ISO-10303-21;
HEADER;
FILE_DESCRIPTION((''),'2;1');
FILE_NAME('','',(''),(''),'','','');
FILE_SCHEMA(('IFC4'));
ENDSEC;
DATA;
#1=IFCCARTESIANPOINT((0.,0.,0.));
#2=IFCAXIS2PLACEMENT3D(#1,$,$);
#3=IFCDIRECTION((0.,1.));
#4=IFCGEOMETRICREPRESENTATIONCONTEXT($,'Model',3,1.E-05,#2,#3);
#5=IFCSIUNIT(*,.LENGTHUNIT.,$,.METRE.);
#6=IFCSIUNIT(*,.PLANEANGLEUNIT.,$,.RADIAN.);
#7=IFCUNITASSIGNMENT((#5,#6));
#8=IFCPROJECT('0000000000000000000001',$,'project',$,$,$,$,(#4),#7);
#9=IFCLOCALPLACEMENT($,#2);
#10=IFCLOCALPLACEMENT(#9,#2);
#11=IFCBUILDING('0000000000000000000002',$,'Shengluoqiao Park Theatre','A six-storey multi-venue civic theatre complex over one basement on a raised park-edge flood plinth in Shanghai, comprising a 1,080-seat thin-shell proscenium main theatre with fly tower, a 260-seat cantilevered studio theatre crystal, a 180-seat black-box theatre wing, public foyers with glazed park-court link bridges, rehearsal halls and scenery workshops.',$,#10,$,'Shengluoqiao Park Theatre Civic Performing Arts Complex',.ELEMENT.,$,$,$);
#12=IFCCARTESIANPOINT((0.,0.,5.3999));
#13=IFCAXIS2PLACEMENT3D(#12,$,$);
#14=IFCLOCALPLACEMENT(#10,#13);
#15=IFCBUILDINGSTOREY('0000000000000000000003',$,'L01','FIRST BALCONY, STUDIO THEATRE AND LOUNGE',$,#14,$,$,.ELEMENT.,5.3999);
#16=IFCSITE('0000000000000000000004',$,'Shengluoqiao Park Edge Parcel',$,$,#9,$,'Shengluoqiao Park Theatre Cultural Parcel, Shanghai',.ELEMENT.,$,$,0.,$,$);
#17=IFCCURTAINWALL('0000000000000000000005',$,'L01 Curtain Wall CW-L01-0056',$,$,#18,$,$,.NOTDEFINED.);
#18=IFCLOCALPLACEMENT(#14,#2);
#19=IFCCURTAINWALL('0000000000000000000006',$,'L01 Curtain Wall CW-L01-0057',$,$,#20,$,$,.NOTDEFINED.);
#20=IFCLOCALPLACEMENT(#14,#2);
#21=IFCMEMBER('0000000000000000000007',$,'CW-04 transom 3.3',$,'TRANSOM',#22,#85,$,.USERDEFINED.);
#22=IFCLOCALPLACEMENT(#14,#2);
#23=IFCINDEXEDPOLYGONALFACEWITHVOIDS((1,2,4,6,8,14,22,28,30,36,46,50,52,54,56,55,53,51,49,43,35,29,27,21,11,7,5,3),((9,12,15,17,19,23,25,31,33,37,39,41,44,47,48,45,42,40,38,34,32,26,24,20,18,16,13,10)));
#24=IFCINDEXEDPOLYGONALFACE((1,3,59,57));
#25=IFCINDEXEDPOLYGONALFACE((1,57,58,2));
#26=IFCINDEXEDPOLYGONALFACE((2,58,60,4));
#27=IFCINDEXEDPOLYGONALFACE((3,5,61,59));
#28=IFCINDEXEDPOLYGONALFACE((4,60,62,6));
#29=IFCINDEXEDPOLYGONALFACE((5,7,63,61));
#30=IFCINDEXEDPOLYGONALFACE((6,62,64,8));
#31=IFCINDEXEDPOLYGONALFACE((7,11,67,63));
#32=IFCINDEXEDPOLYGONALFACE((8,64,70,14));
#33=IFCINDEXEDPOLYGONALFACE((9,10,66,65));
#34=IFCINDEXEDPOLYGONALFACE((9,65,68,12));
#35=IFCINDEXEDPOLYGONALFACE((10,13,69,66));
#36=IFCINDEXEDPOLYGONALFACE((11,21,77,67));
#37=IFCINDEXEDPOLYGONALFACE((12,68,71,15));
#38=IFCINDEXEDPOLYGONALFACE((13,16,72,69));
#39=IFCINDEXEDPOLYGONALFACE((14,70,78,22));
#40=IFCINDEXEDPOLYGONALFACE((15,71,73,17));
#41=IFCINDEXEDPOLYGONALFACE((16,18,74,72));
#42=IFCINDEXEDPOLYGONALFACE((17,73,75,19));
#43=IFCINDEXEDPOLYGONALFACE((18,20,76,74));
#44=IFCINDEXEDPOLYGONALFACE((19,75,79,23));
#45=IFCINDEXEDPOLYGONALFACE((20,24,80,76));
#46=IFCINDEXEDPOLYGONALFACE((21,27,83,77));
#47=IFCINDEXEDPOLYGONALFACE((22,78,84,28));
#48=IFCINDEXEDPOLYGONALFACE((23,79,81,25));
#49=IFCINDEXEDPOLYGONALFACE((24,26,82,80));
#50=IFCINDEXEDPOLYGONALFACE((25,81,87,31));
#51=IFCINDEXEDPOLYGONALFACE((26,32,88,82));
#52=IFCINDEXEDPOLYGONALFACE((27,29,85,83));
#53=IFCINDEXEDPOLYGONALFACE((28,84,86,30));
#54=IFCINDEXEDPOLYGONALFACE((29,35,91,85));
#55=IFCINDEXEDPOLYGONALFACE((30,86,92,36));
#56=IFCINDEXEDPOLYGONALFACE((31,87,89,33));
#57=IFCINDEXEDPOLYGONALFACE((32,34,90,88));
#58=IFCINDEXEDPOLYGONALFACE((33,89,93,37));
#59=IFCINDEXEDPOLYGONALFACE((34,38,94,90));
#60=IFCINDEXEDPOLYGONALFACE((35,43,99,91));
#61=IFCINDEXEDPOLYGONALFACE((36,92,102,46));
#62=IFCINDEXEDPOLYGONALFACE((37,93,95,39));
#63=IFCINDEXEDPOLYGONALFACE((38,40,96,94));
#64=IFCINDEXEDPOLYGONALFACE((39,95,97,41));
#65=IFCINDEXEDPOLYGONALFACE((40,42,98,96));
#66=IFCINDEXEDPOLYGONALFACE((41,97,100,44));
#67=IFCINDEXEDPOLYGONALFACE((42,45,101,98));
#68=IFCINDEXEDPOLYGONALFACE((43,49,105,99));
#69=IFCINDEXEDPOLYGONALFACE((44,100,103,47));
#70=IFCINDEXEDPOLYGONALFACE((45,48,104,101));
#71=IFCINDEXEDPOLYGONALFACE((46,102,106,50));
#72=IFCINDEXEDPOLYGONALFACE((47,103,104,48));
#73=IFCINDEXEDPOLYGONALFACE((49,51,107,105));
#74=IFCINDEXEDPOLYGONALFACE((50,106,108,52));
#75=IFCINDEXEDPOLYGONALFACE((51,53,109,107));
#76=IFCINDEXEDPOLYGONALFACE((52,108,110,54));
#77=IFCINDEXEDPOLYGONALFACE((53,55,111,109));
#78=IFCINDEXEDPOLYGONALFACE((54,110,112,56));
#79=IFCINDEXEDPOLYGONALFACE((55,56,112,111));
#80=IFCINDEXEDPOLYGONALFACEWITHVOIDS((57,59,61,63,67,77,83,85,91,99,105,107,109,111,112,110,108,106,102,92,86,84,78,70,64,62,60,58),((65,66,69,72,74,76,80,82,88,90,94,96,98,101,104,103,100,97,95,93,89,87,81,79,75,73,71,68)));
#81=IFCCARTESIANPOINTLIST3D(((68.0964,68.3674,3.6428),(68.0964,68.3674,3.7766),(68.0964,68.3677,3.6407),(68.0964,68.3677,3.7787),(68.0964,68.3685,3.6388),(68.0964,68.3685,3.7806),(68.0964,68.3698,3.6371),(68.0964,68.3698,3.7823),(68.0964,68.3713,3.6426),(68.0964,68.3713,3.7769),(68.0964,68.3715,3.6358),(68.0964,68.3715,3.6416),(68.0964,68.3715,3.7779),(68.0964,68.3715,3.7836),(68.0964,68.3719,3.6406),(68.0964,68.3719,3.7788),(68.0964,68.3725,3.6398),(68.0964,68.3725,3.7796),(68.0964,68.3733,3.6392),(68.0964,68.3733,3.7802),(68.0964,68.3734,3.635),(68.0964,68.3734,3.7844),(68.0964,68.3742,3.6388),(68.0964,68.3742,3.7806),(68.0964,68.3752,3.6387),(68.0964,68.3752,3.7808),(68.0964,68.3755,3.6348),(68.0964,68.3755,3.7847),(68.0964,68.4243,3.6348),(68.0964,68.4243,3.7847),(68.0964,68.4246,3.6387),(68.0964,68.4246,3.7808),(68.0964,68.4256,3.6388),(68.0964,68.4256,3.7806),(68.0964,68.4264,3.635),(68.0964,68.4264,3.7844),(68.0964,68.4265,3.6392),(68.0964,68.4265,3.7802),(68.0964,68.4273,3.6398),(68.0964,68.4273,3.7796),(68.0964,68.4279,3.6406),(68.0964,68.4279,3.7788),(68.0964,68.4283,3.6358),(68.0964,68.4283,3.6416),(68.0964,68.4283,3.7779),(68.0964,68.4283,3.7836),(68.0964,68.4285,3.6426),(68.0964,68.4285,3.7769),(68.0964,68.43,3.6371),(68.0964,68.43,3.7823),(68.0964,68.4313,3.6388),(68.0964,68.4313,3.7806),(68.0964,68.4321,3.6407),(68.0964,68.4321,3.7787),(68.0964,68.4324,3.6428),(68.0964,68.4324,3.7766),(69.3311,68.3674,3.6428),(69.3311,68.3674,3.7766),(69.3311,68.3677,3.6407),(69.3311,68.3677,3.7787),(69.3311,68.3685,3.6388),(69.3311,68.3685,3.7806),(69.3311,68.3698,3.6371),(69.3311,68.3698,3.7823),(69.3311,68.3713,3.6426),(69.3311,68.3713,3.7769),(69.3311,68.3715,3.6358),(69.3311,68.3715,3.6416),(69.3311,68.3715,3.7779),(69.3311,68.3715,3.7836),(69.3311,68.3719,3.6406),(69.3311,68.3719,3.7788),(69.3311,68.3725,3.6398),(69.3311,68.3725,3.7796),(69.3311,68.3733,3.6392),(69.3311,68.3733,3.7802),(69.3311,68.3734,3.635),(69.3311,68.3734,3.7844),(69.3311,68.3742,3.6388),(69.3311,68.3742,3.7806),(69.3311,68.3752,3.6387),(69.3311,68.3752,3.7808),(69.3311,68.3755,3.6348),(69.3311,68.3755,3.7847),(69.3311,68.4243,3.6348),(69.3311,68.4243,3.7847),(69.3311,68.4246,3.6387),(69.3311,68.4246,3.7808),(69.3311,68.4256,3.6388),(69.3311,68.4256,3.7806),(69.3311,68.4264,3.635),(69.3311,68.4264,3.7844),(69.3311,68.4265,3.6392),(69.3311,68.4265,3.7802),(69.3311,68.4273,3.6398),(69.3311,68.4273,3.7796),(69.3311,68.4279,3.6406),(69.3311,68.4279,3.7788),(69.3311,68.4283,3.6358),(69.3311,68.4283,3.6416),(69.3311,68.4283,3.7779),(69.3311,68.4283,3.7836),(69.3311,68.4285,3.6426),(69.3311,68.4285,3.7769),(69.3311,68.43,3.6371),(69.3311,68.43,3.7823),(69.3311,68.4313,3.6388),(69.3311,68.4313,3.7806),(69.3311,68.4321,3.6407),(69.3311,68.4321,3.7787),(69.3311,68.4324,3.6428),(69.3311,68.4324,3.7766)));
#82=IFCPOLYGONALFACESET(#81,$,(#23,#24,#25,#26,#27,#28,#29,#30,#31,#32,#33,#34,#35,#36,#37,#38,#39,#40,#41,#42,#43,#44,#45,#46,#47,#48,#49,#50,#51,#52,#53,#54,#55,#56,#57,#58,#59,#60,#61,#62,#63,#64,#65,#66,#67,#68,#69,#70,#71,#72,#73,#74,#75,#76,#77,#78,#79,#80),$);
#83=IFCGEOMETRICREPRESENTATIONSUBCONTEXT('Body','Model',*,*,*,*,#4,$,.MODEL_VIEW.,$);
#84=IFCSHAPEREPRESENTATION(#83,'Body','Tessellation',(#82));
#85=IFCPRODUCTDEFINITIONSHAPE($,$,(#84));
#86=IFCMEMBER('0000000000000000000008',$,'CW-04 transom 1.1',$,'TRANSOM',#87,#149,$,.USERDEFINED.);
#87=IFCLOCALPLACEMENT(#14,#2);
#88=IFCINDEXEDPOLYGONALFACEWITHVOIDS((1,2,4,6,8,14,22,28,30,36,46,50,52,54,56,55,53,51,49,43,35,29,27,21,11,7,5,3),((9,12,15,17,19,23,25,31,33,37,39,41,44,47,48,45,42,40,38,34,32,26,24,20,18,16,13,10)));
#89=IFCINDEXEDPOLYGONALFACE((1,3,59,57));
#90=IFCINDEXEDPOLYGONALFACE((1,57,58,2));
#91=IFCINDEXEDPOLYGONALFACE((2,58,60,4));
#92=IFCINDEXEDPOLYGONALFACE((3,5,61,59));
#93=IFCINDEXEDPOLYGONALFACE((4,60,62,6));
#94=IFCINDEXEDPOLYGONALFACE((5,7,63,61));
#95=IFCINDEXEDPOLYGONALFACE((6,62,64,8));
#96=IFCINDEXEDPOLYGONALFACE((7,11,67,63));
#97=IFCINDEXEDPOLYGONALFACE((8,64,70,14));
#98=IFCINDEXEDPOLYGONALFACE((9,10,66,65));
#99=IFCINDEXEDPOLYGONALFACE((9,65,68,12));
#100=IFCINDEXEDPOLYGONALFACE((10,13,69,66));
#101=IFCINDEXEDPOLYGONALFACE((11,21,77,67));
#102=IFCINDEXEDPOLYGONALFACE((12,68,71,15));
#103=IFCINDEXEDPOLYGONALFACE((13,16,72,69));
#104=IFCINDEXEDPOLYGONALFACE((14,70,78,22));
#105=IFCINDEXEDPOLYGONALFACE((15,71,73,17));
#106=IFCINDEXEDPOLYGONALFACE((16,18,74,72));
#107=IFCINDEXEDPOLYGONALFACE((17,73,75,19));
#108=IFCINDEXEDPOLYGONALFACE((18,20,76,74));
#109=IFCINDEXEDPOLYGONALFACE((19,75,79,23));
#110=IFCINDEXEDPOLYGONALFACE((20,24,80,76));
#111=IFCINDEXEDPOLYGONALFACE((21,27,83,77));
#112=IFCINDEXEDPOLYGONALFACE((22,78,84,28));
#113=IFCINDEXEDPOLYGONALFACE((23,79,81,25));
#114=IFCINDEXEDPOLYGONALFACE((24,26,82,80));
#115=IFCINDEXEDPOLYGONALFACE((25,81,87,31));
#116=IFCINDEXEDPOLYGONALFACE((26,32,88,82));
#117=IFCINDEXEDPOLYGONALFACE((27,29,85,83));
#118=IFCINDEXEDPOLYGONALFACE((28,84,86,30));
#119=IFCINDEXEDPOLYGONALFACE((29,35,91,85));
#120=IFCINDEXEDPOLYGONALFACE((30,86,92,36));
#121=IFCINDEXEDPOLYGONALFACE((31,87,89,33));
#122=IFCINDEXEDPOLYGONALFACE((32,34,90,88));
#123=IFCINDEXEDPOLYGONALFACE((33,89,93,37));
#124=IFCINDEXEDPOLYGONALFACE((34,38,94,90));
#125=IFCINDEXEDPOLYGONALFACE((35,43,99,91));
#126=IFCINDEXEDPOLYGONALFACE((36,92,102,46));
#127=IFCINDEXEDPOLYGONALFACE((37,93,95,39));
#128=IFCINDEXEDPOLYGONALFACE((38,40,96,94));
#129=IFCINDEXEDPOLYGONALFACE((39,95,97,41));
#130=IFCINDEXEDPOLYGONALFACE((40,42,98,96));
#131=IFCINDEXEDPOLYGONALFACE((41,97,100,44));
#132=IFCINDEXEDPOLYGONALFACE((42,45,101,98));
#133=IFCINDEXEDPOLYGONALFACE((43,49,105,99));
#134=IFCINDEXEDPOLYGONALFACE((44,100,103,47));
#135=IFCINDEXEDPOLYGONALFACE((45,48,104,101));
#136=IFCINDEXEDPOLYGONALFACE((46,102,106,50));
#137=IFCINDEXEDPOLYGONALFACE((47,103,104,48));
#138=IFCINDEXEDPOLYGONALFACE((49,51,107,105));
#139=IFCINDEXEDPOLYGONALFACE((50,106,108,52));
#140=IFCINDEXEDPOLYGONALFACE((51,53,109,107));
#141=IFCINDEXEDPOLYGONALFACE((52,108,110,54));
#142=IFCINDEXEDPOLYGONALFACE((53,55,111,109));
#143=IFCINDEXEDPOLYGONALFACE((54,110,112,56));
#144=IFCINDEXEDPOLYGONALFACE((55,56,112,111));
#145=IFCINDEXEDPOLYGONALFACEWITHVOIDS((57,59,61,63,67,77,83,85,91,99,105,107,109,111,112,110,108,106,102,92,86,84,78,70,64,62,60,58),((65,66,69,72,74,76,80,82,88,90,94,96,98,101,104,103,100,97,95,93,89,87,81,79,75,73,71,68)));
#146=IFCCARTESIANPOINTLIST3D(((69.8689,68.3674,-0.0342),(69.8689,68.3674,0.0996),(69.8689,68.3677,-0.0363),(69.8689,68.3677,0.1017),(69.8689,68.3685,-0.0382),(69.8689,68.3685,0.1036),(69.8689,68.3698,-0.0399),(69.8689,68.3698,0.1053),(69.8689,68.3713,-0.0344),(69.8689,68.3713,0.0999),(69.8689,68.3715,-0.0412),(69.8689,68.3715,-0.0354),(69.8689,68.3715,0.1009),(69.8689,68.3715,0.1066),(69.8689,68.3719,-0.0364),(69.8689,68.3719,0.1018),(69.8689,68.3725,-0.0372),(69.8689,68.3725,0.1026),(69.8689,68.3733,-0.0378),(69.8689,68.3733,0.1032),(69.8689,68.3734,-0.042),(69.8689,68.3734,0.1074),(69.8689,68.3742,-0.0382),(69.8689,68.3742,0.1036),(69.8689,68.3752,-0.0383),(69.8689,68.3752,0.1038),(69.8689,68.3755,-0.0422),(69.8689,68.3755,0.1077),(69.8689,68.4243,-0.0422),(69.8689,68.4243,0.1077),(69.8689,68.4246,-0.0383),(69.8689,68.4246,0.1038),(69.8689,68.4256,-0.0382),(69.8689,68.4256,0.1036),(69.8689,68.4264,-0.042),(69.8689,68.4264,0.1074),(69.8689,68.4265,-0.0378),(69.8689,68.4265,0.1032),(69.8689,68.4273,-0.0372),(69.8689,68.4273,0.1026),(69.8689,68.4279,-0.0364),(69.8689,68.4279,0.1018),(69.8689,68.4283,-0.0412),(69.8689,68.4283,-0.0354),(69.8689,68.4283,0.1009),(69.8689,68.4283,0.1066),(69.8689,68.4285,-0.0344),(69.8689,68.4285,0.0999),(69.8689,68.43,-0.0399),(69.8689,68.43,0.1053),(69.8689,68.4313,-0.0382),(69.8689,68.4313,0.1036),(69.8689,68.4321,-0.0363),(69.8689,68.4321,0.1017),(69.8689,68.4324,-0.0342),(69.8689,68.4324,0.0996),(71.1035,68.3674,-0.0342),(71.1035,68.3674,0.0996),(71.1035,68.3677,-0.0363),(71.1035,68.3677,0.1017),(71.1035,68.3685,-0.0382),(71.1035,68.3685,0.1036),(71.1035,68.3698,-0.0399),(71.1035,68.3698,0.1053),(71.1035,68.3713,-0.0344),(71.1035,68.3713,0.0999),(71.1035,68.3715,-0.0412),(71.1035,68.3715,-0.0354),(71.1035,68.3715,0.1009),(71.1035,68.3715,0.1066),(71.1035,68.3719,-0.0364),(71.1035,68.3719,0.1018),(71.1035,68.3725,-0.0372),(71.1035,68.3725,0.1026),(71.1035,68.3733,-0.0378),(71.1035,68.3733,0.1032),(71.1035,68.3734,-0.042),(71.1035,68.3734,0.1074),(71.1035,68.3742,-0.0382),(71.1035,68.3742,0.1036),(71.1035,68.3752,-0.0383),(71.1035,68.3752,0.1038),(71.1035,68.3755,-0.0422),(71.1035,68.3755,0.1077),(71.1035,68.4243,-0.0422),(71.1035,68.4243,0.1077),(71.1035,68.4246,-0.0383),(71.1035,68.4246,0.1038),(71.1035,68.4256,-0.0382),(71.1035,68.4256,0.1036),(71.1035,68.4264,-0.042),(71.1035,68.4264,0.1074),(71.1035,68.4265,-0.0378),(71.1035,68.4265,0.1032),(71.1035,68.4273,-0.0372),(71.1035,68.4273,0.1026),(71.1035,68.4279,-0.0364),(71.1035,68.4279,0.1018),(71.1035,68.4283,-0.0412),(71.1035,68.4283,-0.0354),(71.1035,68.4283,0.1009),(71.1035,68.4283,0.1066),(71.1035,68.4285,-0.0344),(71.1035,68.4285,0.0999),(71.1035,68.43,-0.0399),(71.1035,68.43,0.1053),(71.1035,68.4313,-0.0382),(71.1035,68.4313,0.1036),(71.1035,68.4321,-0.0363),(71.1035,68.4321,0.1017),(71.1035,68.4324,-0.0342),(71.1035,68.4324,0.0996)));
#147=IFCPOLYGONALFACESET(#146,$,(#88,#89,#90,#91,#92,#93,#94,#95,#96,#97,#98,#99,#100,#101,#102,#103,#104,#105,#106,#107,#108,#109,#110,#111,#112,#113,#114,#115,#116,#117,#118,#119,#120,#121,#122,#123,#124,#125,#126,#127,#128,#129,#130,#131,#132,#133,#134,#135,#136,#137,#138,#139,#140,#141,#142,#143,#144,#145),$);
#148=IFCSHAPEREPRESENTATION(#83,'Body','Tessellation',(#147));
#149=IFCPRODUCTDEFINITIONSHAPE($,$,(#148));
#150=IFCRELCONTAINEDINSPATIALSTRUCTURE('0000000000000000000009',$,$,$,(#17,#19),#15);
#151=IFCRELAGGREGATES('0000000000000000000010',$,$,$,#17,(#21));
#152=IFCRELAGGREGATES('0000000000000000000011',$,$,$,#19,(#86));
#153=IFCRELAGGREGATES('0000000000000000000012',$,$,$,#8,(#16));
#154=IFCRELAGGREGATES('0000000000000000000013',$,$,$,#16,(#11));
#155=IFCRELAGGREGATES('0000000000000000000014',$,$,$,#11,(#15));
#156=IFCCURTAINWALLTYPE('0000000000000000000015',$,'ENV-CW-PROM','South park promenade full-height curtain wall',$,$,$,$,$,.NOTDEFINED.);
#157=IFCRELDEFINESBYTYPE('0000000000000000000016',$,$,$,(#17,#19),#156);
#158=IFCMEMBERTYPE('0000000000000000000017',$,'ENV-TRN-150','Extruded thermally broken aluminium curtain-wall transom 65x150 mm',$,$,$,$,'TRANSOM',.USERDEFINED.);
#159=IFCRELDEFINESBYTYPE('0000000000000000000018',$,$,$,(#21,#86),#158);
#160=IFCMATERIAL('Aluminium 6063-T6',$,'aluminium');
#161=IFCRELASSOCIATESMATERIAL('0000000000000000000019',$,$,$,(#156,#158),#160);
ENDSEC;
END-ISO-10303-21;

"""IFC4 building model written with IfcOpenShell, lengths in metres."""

from ifc_helpers import new_model, si_unit, direction, frame, origin, origin_2d, place, context, subcontext, project, spatial, hollow_rectangle, extrude, material, material_profile, profile_set, type_object, element, aggregate, save


model = new_model("IFC4")

# Units and contexts
model_context = context("Model", 3, precision=1e-05, world=origin(), true_north=direction((0.0, 1.0)))
body_context = subcontext(model_context, "Body", "Model", "MODEL_VIEW")
ifc_project = project(units=[si_unit("LENGTHUNIT", "METRE"), si_unit("PLANEANGLEUNIT", "RADIAN")], contexts=[model_context])

# Site, building, storey
site_placement = place(None, origin())
site = spatial("IfcSite", under=ifc_project, at=site_placement, Name="Shengluoqiao Park Edge Parcel", LongName="Shengluoqiao Park Theatre Cultural Parcel, Shanghai", CompositionType="ELEMENT", RefElevation=0.0)
building_placement = place(site_placement, origin())
building = spatial("IfcBuilding", under=site, at=building_placement, Name="Shengluoqiao Park Theatre", Description="A six-storey multi-venue civic theatre complex over one basement on a raised park-edge flood plinth in Shanghai, comprising a 1,080-seat thin-shell proscenium main theatre with fly tower, a 260-seat cantilevered studio theatre crystal, a 180-seat black-box theatre wing, public foyers with glazed park-court link bridges, rehearsal halls and scenery workshops.", LongName="Shengluoqiao Park Theatre Civic Performing Arts Complex", CompositionType="ELEMENT")
storey_placement = place(building_placement, frame((0.0, 0.0, 5.3999)))
storey = spatial("IfcBuildingStorey", under=building, at=storey_placement, Name="L01", Description="FIRST BALCONY, STUDIO THEATRE AND LOUNGE", CompositionType="ELEMENT", Elevation=5.3999)

# Shared definitions
ifc_material_1 = material(Name="Aluminium 6063-T6", Category="aluminium")

# Curtain wall
curtain_wall_type_1 = type_object("IfcCurtainWallType", Name="ENV-CW-PROM", Description="South park promenade full-height curtain wall", PredefinedType="NOTDEFINED", material=ifc_material_1)
curtain_wall_1_placement = place(storey_placement, origin())
curtain_wall_1 = element("IfcCurtainWall", 1, at=curtain_wall_1_placement, inside=storey, type_object=curtain_wall_type_1, Name="L01 Curtain Wall CW-L01-0056", PredefinedType="NOTDEFINED")

# Curtain wall
curtain_wall_2_placement = place(storey_placement, origin())
curtain_wall_2 = element("IfcCurtainWall", 2, at=curtain_wall_2_placement, inside=storey, type_object=curtain_wall_type_1, Name="L01 Curtain Wall CW-L01-0057", PredefinedType="NOTDEFINED")

# Members
ifc_material_profile_1 = material_profile(ifc_material_1, hollow_rectangle(XDim=0.0649, YDim=0.1499, WallThickness=0.0039, InnerFilletRadius=0.0039, OuterFilletRadius=0.0081, at=origin_2d()), Name="ALU TRANSOM 150x65x4")
ifc_profile_set_1 = profile_set([ifc_material_profile_1], Name="Aluminium 6063-T6")
member_type_1 = type_object("IfcMemberType", Name="ENV-TRN-150", Description="Extruded thermally broken aluminium curtain-wall transom 65x150 mm", ElementType="TRANSOM", PredefinedType="USERDEFINED", material=ifc_profile_set_1)
member_1_placement = place(storey_placement, frame((68.0964, 68.3999, 3.7097), z_axis=(1.0, 0.0, 0.0), x_axis=(0.0, 1.0, 0.0)))
member_1 = element("IfcMember", 3, at=member_1_placement, type_object=member_type_1, Name="CW-04 transom 3.3", ObjectType="TRANSOM", PredefinedType="USERDEFINED", context=body_context, shape_type="SweptSolid", body=[
    extrude(hollow_rectangle(XDim=0.0649, YDim=0.1499, WallThickness=0.0039, InnerFilletRadius=0.0039, OuterFilletRadius=0.0081, at=origin_2d()), origin(), (0.0, 0.0, 1.0), 1.2346),
])
member_2_placement = place(storey_placement, frame((69.8689, 68.3999, 0.0327), z_axis=(1.0, 0.0, 0.0), x_axis=(0.0, 1.0, 0.0)))
member_2 = element("IfcMember", 4, at=member_2_placement, type_object=member_type_1, Name="CW-04 transom 1.1", ObjectType="TRANSOM", PredefinedType="USERDEFINED", context=body_context, shape_type="SweptSolid", body=[
    extrude(hollow_rectangle(XDim=0.0649, YDim=0.1499, WallThickness=0.0039, InnerFilletRadius=0.0039, OuterFilletRadius=0.0081, at=origin_2d()), origin(), (0.0, 0.0, 1.0), 1.2346),
])

aggregate(curtain_wall_1, [member_1])
aggregate(curtain_wall_2, [member_2])

save(model, "model.ifc")
